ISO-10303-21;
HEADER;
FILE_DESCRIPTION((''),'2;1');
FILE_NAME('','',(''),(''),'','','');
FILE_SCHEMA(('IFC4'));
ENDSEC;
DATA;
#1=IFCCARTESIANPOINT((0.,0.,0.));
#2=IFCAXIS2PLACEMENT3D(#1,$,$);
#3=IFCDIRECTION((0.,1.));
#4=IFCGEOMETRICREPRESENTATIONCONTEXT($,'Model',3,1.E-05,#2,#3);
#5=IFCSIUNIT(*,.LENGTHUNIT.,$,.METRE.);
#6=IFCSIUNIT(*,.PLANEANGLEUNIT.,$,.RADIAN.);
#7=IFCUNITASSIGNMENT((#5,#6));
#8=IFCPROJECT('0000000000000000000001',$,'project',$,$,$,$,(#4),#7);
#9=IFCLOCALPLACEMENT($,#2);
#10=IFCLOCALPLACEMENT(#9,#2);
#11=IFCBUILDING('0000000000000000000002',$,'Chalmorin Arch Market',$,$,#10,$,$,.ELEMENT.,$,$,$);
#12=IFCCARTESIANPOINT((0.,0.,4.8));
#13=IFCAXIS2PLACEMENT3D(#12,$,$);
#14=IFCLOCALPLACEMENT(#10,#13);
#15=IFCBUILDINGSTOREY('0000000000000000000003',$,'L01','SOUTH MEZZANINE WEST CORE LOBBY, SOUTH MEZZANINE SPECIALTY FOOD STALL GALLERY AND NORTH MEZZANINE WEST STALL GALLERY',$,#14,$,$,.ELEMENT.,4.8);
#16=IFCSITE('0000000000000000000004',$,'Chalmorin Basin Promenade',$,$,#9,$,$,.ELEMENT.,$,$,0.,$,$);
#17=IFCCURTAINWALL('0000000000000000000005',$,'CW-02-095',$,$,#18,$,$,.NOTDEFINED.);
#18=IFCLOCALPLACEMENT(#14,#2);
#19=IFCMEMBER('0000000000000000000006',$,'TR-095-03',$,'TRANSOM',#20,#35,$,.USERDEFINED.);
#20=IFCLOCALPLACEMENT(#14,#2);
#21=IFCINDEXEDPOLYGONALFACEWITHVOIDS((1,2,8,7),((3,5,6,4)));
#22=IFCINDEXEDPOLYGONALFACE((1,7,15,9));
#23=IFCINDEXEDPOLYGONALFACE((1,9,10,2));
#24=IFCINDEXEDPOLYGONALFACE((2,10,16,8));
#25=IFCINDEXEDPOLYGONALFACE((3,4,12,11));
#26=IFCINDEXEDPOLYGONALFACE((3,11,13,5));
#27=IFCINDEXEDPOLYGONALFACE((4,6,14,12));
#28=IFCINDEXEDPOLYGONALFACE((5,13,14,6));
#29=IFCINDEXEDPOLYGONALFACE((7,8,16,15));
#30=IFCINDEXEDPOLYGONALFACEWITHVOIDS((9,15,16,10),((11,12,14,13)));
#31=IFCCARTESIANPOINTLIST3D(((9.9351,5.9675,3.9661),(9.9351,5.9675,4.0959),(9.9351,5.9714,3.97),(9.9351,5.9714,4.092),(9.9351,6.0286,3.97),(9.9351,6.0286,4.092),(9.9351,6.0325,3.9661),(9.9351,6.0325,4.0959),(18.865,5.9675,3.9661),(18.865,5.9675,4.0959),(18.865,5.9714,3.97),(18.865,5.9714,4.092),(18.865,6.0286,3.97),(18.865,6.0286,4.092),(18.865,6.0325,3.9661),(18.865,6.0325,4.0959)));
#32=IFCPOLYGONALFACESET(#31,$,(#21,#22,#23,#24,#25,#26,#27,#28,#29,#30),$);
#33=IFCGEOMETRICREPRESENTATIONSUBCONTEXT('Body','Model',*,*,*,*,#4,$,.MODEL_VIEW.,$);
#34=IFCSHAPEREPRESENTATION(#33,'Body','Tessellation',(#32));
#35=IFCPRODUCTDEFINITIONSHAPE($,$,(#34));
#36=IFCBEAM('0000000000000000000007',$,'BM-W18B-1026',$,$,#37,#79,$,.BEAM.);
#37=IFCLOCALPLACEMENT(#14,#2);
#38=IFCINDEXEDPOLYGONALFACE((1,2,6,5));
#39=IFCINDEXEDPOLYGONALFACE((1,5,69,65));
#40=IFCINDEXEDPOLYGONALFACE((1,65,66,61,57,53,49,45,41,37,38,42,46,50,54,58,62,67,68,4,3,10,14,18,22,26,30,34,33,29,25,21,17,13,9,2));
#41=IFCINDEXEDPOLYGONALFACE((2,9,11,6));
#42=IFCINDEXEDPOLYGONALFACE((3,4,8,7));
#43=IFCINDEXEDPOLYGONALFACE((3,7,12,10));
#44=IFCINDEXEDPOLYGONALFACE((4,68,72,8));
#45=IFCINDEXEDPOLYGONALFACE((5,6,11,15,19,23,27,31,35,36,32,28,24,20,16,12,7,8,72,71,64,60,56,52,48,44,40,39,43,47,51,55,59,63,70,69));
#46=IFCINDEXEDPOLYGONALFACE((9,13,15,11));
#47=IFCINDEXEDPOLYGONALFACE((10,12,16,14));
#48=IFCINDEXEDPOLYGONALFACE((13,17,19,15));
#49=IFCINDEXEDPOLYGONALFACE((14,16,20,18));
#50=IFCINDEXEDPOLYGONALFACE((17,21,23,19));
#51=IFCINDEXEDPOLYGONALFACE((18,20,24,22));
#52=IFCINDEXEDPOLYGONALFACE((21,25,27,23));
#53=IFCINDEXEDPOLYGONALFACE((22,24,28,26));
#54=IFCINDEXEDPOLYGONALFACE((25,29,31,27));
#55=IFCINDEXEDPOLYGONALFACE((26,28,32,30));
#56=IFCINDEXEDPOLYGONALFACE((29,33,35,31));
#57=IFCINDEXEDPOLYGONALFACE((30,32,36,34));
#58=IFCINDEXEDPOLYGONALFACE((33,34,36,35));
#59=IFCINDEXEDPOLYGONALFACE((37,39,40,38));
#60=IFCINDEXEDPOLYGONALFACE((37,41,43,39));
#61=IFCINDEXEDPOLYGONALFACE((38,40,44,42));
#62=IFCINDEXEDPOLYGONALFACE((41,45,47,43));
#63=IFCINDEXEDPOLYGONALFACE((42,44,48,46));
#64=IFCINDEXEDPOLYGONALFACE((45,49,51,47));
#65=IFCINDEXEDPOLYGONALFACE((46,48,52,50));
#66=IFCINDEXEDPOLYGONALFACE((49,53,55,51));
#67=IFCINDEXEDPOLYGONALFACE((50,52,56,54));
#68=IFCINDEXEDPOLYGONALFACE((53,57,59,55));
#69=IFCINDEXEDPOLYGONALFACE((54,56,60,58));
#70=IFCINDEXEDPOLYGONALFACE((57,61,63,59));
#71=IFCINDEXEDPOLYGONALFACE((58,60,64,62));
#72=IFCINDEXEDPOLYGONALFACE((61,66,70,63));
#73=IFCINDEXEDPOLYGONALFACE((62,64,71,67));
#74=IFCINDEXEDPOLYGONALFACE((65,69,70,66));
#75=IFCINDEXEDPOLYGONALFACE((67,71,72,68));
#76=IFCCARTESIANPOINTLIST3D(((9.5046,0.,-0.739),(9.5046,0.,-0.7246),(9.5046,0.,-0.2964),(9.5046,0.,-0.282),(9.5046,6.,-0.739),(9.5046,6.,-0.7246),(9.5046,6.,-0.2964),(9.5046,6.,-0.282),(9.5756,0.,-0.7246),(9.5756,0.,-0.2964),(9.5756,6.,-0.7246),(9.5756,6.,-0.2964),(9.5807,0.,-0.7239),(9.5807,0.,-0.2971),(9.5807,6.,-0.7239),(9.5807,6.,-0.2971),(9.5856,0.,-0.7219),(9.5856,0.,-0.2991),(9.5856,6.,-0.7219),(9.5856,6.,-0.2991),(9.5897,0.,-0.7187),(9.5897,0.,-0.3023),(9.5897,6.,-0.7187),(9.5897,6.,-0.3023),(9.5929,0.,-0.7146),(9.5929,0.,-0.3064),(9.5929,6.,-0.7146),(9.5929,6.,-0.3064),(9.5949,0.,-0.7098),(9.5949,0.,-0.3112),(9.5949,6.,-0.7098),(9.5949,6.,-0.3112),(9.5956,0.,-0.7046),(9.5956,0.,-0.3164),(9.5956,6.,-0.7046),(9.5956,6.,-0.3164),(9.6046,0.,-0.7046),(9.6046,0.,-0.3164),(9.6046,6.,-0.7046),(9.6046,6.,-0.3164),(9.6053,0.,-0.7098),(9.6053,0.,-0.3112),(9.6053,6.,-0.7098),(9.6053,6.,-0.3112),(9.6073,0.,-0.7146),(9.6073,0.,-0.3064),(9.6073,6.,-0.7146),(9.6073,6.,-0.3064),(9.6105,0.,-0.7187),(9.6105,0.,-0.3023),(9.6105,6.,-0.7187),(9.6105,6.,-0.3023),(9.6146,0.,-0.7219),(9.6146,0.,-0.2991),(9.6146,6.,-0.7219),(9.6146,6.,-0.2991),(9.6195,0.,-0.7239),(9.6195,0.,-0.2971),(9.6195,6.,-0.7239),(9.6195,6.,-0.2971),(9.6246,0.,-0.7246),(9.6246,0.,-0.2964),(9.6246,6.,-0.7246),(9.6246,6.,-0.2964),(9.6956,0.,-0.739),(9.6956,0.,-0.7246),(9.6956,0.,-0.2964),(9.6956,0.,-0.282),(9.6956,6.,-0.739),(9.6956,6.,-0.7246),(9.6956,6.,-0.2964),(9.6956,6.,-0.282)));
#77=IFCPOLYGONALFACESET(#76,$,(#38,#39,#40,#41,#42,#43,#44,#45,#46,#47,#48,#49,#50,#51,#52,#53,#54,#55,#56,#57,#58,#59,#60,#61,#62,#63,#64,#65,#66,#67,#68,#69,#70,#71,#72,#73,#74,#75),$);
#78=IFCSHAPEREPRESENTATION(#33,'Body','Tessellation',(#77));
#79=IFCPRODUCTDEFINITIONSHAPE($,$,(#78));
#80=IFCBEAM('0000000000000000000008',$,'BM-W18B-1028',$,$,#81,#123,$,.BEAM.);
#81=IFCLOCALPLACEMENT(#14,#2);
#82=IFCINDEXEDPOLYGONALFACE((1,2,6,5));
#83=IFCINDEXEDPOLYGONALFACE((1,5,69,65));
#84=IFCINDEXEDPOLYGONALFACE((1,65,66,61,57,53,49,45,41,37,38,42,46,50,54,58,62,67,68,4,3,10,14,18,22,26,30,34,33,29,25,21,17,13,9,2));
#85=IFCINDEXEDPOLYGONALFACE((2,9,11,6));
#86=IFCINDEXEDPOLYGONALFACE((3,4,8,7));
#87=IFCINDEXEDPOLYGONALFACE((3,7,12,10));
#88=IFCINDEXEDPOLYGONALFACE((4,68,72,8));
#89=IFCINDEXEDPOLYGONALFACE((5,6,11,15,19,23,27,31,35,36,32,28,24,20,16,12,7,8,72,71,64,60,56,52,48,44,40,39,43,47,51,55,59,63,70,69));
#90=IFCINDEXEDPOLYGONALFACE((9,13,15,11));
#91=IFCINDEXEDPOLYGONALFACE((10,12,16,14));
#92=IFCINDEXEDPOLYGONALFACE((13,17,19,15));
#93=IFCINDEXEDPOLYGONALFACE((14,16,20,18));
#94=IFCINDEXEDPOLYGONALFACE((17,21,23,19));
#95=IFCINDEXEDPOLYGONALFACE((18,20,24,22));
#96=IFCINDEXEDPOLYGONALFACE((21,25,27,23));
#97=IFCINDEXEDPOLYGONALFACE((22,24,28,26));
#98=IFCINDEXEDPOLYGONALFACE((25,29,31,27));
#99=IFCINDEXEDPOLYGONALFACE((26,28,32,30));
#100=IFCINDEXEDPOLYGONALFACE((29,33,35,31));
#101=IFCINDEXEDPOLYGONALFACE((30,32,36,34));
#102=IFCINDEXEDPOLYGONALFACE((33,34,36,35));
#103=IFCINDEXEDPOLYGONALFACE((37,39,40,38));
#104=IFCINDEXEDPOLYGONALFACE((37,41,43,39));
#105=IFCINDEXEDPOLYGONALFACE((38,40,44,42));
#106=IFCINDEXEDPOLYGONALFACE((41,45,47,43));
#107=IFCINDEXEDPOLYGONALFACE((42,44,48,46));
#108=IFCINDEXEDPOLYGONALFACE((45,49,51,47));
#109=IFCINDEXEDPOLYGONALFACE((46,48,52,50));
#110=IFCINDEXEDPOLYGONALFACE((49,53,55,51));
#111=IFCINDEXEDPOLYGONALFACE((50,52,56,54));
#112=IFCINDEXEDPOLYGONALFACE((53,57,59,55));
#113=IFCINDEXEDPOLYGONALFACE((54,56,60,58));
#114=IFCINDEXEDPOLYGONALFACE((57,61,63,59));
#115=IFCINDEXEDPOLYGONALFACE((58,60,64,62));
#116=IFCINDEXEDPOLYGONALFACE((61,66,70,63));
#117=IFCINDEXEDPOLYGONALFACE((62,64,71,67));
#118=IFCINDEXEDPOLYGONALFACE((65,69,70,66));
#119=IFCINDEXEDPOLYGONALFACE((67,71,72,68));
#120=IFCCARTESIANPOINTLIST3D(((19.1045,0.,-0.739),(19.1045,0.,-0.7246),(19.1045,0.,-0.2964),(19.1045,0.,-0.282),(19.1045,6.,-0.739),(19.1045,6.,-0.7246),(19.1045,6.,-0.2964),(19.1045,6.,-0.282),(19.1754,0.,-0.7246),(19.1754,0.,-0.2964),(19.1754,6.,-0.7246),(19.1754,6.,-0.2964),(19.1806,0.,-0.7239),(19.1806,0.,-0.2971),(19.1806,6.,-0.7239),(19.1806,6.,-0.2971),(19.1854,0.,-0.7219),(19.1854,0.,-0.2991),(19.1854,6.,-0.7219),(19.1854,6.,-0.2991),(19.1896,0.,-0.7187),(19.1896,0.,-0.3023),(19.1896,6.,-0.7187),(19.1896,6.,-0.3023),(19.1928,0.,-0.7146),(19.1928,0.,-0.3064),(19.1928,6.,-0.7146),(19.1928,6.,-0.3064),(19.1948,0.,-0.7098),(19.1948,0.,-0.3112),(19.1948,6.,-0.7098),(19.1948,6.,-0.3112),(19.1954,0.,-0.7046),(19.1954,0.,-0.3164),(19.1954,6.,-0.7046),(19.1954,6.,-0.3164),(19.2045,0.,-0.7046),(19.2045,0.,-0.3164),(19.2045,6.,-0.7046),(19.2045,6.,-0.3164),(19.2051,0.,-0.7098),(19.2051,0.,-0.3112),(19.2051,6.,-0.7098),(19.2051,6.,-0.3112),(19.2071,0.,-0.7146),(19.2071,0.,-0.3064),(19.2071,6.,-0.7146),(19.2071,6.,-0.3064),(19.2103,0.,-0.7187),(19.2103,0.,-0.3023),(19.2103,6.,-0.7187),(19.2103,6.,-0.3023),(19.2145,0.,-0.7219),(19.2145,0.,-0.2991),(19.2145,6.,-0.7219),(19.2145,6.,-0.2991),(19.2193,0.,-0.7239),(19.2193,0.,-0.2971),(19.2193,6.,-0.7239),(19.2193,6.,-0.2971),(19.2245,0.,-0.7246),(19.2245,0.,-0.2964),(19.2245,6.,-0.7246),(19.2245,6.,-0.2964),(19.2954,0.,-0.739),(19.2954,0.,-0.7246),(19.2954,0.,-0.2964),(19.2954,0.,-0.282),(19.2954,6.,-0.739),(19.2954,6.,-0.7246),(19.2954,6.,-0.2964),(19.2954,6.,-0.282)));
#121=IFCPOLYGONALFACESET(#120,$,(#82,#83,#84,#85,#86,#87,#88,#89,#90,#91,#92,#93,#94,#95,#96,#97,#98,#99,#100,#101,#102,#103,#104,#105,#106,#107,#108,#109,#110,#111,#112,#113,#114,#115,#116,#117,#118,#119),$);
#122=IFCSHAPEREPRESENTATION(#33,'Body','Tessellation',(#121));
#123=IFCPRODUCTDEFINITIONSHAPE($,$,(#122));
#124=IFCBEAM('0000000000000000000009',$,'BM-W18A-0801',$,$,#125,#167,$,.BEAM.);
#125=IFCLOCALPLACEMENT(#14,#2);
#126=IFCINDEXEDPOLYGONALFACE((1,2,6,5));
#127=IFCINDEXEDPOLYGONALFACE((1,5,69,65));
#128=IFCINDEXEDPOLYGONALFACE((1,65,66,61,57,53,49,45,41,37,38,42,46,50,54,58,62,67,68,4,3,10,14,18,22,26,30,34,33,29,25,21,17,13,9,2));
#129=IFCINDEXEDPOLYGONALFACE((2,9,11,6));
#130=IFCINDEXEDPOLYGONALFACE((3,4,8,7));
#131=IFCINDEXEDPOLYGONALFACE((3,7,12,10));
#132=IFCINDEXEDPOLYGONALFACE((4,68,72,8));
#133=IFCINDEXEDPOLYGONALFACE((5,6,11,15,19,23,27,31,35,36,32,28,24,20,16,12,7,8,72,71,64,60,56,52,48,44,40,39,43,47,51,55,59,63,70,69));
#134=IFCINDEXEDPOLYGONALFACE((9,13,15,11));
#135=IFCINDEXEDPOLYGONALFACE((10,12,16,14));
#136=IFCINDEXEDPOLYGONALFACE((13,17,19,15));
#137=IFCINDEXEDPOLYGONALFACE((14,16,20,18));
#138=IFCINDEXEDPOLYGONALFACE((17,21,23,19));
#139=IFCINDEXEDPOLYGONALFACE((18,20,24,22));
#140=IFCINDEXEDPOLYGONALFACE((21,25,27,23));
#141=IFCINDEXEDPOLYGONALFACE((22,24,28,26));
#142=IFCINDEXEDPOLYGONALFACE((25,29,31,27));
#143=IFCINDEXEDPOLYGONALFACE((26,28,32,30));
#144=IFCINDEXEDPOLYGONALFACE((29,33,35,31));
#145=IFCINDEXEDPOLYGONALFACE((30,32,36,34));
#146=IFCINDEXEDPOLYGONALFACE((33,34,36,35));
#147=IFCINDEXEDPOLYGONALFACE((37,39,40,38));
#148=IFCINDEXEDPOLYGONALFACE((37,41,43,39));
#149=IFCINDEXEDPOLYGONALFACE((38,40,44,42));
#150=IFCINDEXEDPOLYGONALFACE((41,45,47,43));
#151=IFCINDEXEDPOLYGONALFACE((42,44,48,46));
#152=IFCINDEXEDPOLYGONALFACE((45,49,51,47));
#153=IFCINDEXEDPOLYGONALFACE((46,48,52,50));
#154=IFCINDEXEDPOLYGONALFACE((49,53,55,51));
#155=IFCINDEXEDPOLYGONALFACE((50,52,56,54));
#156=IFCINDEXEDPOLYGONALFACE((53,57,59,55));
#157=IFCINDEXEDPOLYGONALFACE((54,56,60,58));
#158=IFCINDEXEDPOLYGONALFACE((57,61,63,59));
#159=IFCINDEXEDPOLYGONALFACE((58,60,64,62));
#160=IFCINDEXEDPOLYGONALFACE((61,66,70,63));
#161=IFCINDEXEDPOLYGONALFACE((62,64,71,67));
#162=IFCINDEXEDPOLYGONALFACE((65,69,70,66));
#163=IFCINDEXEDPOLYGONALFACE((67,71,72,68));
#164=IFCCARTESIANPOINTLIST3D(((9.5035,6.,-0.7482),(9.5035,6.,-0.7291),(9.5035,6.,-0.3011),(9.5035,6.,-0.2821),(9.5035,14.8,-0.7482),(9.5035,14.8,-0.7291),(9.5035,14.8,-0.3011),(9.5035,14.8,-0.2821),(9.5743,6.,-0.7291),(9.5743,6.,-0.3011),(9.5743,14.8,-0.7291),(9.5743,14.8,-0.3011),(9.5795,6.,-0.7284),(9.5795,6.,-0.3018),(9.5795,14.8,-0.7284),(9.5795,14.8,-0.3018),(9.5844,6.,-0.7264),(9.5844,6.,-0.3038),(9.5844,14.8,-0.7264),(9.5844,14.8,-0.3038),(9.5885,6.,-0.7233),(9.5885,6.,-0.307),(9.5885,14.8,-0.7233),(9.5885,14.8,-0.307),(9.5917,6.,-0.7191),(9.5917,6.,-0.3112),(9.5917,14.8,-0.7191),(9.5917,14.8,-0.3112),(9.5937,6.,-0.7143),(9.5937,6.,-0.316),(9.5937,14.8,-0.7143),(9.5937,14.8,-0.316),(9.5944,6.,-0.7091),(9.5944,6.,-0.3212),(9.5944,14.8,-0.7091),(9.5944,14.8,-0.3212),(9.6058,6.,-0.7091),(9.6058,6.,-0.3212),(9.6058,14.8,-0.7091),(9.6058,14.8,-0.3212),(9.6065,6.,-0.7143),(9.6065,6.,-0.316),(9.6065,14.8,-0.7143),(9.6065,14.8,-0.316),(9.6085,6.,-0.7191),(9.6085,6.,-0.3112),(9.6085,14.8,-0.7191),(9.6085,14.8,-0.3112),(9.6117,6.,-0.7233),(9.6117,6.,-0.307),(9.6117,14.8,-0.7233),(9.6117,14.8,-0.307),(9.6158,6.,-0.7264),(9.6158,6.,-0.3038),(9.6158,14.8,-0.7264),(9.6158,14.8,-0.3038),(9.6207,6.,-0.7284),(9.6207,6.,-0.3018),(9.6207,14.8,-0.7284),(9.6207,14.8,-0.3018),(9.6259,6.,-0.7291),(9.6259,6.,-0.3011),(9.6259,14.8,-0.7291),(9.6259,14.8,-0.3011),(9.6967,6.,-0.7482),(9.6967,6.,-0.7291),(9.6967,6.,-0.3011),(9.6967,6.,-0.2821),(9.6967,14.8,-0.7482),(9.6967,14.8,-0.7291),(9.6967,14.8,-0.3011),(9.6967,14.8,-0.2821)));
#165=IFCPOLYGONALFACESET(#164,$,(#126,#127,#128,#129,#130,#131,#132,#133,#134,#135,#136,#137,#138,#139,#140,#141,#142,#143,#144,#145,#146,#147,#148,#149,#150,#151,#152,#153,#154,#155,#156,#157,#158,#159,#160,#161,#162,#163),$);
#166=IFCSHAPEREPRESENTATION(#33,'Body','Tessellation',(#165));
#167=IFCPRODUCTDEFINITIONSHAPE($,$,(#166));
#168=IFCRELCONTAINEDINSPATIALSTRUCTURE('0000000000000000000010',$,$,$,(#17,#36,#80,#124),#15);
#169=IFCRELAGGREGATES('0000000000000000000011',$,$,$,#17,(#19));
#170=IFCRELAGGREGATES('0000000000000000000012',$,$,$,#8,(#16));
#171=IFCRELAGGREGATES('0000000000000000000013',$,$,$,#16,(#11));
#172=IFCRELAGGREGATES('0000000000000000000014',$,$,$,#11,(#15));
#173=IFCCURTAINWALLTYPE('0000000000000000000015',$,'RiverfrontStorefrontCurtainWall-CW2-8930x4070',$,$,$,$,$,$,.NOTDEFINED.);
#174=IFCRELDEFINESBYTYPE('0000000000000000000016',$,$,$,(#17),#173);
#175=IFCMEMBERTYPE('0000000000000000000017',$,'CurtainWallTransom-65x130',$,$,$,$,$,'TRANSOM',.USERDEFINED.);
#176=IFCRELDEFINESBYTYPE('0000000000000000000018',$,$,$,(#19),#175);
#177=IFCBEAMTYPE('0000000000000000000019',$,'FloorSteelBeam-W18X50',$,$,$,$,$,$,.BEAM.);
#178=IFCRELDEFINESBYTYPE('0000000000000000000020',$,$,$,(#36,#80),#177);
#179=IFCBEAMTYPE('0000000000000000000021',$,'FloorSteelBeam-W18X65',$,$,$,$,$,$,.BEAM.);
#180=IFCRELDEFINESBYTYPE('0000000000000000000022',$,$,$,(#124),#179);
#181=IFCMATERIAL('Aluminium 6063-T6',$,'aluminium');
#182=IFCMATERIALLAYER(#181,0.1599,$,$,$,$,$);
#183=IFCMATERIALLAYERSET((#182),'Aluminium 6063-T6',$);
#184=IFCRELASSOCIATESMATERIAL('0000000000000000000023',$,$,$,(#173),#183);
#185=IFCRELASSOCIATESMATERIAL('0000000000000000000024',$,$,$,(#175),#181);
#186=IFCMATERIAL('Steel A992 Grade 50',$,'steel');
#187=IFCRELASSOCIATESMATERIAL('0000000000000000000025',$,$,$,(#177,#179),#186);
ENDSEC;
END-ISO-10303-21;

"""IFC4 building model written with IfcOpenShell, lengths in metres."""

from ifc_helpers import new_model, si_unit, direction, frame, origin, origin_2d, place, context, subcontext, project, spatial, hollow_rectangle, i_section, extrude, material, layer, layer_set, material_profile, profile_set, type_object, element, aggregate, save


model = new_model("IFC4")

# Units and contexts
model_context = context("Model", 3, precision=1e-05, world=origin(), true_north=direction((0.0, 1.0)))
body_context = subcontext(model_context, "Body", "Model", "MODEL_VIEW")
ifc_project = project(units=[si_unit("LENGTHUNIT", "METRE"), si_unit("PLANEANGLEUNIT", "RADIAN")], contexts=[model_context])

# Site, building, storey
site_placement = place(None, origin())
site = spatial("IfcSite", under=ifc_project, at=site_placement, Name="Chalmorin Basin Promenade", CompositionType="ELEMENT", RefElevation=0.0)
building_placement = place(site_placement, origin())
building = spatial("IfcBuilding", under=site, at=building_placement, Name="Chalmorin Arch Market", CompositionType="ELEMENT")
storey_placement = place(building_placement, frame((0.0, 0.0, 4.8)))
storey = spatial("IfcBuildingStorey", under=building, at=storey_placement, Name="L01", Description="SOUTH MEZZANINE WEST CORE LOBBY, SOUTH MEZZANINE SPECIALTY FOOD STALL GALLERY AND NORTH MEZZANINE WEST STALL GALLERY", CompositionType="ELEMENT", Elevation=4.8)

# Curtain wall, member
ifc_material_1 = material(Name="Aluminium 6063-T6", Category="aluminium")
ifc_layer_1 = layer(ifc_material_1, 0.1599)
ifc_layer_set_1 = layer_set([ifc_layer_1], Name="Aluminium 6063-T6")
curtain_wall_type = type_object("IfcCurtainWallType", Name="RiverfrontStorefrontCurtainWall-CW2-8930x4070", PredefinedType="NOTDEFINED", material=ifc_layer_set_1)
curtain_wall_1_placement = place(storey_placement, origin())
curtain_wall_1 = element("IfcCurtainWall", 1, at=curtain_wall_1_placement, inside=storey, type_object=curtain_wall_type, Name="CW-02-095", PredefinedType="NOTDEFINED")
ifc_material_profile_1 = material_profile(ifc_material_1, hollow_rectangle(XDim=0.0649, YDim=0.1299, WallThickness=0.0039, at=origin_2d()), Name="ALU65X130X4")
ifc_profile_set_1 = profile_set([ifc_material_profile_1], Name="Aluminium 6063-T6")
member_type_1 = type_object("IfcMemberType", Name="CurtainWallTransom-65x130", ElementType="TRANSOM", PredefinedType="USERDEFINED", material=ifc_profile_set_1)
member_1_placement = place(storey_placement, frame((9.9351, 6.0, 4.031), z_axis=(1.0, 0.0, 0.0), x_axis=(0.0, 1.0, 0.0)))
member_1 = element("IfcMember", 2, at=member_1_placement, type_object=member_type_1, Name="TR-095-03", ObjectType="TRANSOM", PredefinedType="USERDEFINED", context=body_context, shape_type="SweptSolid", body=[
    extrude(hollow_rectangle(XDim=0.0649, YDim=0.1299, WallThickness=0.0039, at=origin_2d()), origin(), (0.0, 0.0, 1.0), 8.9299),
])

# Beams
ifc_material_2 = material(Name="Steel A992 Grade 50", Category="steel")
ifc_material_profile_2 = material_profile(ifc_material_2, i_section(OverallWidth=0.1909, OverallDepth=0.457, WebThickness=0.009, FlangeThickness=0.0144, FilletRadius=0.02, at=origin_2d()), Name="W18X50")
ifc_profile_set_2 = profile_set([ifc_material_profile_2], Name="Steel A992 Grade 50")
beam_type_1 = type_object("IfcBeamType", Name="FloorSteelBeam-W18X50", PredefinedType="BEAM", material=ifc_profile_set_2)
for number, where, z_axis, x_axis, name in (
    (3, (9.6001, 0.0, -0.5105), (0.0, 1.0, 0.0), (-1.0, 0.0, 0.0), "BM-W18B-1026"),
    (4, (19.2, 0.0, -0.5105), (0.0, 1.0, 0.0), (-1.0, 0.0, 0.0), "BM-W18B-1028"),
):
    element("IfcBeam", number, at=place(storey_placement, frame(where, z_axis=z_axis, x_axis=x_axis)), inside=storey, type_object=beam_type_1, Name=name, PredefinedType="BEAM", context=body_context, shape_type="SweptSolid", body=[
        extrude(i_section(OverallWidth=0.1909, OverallDepth=0.457, WebThickness=0.009, FlangeThickness=0.0144, FilletRadius=0.02, at=origin_2d()), origin(), (0.0, 0.0, 1.0), 6.0),
    ])
ifc_material_profile_3 = material_profile(ifc_material_2, i_section(OverallWidth=0.1931, OverallDepth=0.4661, WebThickness=0.0115, FlangeThickness=0.019, FilletRadius=0.02, at=origin_2d()), Name="W18X65")
ifc_profile_set_3 = profile_set([ifc_material_profile_3], Name="Steel A992 Grade 50")
beam_type_2 = type_object("IfcBeamType", Name="FloorSteelBeam-W18X65", PredefinedType="BEAM", material=ifc_profile_set_3)
beam_1_placement = place(storey_placement, frame((9.6001, 6.0, -0.5151), z_axis=(0.0, 1.0, 0.0), x_axis=(-1.0, 0.0, 0.0)))
element("IfcBeam", 5, at=beam_1_placement, inside=storey, type_object=beam_type_2, Name="BM-W18A-0801", PredefinedType="BEAM", context=body_context, shape_type="SweptSolid", body=[
    extrude(i_section(OverallWidth=0.1931, OverallDepth=0.4661, WebThickness=0.0115, FlangeThickness=0.019, FilletRadius=0.02, at=origin_2d()), origin(), (0.0, 0.0, 1.0), 8.8),
])

aggregate(curtain_wall_1, [member_1])

save(model, "model.ifc")
